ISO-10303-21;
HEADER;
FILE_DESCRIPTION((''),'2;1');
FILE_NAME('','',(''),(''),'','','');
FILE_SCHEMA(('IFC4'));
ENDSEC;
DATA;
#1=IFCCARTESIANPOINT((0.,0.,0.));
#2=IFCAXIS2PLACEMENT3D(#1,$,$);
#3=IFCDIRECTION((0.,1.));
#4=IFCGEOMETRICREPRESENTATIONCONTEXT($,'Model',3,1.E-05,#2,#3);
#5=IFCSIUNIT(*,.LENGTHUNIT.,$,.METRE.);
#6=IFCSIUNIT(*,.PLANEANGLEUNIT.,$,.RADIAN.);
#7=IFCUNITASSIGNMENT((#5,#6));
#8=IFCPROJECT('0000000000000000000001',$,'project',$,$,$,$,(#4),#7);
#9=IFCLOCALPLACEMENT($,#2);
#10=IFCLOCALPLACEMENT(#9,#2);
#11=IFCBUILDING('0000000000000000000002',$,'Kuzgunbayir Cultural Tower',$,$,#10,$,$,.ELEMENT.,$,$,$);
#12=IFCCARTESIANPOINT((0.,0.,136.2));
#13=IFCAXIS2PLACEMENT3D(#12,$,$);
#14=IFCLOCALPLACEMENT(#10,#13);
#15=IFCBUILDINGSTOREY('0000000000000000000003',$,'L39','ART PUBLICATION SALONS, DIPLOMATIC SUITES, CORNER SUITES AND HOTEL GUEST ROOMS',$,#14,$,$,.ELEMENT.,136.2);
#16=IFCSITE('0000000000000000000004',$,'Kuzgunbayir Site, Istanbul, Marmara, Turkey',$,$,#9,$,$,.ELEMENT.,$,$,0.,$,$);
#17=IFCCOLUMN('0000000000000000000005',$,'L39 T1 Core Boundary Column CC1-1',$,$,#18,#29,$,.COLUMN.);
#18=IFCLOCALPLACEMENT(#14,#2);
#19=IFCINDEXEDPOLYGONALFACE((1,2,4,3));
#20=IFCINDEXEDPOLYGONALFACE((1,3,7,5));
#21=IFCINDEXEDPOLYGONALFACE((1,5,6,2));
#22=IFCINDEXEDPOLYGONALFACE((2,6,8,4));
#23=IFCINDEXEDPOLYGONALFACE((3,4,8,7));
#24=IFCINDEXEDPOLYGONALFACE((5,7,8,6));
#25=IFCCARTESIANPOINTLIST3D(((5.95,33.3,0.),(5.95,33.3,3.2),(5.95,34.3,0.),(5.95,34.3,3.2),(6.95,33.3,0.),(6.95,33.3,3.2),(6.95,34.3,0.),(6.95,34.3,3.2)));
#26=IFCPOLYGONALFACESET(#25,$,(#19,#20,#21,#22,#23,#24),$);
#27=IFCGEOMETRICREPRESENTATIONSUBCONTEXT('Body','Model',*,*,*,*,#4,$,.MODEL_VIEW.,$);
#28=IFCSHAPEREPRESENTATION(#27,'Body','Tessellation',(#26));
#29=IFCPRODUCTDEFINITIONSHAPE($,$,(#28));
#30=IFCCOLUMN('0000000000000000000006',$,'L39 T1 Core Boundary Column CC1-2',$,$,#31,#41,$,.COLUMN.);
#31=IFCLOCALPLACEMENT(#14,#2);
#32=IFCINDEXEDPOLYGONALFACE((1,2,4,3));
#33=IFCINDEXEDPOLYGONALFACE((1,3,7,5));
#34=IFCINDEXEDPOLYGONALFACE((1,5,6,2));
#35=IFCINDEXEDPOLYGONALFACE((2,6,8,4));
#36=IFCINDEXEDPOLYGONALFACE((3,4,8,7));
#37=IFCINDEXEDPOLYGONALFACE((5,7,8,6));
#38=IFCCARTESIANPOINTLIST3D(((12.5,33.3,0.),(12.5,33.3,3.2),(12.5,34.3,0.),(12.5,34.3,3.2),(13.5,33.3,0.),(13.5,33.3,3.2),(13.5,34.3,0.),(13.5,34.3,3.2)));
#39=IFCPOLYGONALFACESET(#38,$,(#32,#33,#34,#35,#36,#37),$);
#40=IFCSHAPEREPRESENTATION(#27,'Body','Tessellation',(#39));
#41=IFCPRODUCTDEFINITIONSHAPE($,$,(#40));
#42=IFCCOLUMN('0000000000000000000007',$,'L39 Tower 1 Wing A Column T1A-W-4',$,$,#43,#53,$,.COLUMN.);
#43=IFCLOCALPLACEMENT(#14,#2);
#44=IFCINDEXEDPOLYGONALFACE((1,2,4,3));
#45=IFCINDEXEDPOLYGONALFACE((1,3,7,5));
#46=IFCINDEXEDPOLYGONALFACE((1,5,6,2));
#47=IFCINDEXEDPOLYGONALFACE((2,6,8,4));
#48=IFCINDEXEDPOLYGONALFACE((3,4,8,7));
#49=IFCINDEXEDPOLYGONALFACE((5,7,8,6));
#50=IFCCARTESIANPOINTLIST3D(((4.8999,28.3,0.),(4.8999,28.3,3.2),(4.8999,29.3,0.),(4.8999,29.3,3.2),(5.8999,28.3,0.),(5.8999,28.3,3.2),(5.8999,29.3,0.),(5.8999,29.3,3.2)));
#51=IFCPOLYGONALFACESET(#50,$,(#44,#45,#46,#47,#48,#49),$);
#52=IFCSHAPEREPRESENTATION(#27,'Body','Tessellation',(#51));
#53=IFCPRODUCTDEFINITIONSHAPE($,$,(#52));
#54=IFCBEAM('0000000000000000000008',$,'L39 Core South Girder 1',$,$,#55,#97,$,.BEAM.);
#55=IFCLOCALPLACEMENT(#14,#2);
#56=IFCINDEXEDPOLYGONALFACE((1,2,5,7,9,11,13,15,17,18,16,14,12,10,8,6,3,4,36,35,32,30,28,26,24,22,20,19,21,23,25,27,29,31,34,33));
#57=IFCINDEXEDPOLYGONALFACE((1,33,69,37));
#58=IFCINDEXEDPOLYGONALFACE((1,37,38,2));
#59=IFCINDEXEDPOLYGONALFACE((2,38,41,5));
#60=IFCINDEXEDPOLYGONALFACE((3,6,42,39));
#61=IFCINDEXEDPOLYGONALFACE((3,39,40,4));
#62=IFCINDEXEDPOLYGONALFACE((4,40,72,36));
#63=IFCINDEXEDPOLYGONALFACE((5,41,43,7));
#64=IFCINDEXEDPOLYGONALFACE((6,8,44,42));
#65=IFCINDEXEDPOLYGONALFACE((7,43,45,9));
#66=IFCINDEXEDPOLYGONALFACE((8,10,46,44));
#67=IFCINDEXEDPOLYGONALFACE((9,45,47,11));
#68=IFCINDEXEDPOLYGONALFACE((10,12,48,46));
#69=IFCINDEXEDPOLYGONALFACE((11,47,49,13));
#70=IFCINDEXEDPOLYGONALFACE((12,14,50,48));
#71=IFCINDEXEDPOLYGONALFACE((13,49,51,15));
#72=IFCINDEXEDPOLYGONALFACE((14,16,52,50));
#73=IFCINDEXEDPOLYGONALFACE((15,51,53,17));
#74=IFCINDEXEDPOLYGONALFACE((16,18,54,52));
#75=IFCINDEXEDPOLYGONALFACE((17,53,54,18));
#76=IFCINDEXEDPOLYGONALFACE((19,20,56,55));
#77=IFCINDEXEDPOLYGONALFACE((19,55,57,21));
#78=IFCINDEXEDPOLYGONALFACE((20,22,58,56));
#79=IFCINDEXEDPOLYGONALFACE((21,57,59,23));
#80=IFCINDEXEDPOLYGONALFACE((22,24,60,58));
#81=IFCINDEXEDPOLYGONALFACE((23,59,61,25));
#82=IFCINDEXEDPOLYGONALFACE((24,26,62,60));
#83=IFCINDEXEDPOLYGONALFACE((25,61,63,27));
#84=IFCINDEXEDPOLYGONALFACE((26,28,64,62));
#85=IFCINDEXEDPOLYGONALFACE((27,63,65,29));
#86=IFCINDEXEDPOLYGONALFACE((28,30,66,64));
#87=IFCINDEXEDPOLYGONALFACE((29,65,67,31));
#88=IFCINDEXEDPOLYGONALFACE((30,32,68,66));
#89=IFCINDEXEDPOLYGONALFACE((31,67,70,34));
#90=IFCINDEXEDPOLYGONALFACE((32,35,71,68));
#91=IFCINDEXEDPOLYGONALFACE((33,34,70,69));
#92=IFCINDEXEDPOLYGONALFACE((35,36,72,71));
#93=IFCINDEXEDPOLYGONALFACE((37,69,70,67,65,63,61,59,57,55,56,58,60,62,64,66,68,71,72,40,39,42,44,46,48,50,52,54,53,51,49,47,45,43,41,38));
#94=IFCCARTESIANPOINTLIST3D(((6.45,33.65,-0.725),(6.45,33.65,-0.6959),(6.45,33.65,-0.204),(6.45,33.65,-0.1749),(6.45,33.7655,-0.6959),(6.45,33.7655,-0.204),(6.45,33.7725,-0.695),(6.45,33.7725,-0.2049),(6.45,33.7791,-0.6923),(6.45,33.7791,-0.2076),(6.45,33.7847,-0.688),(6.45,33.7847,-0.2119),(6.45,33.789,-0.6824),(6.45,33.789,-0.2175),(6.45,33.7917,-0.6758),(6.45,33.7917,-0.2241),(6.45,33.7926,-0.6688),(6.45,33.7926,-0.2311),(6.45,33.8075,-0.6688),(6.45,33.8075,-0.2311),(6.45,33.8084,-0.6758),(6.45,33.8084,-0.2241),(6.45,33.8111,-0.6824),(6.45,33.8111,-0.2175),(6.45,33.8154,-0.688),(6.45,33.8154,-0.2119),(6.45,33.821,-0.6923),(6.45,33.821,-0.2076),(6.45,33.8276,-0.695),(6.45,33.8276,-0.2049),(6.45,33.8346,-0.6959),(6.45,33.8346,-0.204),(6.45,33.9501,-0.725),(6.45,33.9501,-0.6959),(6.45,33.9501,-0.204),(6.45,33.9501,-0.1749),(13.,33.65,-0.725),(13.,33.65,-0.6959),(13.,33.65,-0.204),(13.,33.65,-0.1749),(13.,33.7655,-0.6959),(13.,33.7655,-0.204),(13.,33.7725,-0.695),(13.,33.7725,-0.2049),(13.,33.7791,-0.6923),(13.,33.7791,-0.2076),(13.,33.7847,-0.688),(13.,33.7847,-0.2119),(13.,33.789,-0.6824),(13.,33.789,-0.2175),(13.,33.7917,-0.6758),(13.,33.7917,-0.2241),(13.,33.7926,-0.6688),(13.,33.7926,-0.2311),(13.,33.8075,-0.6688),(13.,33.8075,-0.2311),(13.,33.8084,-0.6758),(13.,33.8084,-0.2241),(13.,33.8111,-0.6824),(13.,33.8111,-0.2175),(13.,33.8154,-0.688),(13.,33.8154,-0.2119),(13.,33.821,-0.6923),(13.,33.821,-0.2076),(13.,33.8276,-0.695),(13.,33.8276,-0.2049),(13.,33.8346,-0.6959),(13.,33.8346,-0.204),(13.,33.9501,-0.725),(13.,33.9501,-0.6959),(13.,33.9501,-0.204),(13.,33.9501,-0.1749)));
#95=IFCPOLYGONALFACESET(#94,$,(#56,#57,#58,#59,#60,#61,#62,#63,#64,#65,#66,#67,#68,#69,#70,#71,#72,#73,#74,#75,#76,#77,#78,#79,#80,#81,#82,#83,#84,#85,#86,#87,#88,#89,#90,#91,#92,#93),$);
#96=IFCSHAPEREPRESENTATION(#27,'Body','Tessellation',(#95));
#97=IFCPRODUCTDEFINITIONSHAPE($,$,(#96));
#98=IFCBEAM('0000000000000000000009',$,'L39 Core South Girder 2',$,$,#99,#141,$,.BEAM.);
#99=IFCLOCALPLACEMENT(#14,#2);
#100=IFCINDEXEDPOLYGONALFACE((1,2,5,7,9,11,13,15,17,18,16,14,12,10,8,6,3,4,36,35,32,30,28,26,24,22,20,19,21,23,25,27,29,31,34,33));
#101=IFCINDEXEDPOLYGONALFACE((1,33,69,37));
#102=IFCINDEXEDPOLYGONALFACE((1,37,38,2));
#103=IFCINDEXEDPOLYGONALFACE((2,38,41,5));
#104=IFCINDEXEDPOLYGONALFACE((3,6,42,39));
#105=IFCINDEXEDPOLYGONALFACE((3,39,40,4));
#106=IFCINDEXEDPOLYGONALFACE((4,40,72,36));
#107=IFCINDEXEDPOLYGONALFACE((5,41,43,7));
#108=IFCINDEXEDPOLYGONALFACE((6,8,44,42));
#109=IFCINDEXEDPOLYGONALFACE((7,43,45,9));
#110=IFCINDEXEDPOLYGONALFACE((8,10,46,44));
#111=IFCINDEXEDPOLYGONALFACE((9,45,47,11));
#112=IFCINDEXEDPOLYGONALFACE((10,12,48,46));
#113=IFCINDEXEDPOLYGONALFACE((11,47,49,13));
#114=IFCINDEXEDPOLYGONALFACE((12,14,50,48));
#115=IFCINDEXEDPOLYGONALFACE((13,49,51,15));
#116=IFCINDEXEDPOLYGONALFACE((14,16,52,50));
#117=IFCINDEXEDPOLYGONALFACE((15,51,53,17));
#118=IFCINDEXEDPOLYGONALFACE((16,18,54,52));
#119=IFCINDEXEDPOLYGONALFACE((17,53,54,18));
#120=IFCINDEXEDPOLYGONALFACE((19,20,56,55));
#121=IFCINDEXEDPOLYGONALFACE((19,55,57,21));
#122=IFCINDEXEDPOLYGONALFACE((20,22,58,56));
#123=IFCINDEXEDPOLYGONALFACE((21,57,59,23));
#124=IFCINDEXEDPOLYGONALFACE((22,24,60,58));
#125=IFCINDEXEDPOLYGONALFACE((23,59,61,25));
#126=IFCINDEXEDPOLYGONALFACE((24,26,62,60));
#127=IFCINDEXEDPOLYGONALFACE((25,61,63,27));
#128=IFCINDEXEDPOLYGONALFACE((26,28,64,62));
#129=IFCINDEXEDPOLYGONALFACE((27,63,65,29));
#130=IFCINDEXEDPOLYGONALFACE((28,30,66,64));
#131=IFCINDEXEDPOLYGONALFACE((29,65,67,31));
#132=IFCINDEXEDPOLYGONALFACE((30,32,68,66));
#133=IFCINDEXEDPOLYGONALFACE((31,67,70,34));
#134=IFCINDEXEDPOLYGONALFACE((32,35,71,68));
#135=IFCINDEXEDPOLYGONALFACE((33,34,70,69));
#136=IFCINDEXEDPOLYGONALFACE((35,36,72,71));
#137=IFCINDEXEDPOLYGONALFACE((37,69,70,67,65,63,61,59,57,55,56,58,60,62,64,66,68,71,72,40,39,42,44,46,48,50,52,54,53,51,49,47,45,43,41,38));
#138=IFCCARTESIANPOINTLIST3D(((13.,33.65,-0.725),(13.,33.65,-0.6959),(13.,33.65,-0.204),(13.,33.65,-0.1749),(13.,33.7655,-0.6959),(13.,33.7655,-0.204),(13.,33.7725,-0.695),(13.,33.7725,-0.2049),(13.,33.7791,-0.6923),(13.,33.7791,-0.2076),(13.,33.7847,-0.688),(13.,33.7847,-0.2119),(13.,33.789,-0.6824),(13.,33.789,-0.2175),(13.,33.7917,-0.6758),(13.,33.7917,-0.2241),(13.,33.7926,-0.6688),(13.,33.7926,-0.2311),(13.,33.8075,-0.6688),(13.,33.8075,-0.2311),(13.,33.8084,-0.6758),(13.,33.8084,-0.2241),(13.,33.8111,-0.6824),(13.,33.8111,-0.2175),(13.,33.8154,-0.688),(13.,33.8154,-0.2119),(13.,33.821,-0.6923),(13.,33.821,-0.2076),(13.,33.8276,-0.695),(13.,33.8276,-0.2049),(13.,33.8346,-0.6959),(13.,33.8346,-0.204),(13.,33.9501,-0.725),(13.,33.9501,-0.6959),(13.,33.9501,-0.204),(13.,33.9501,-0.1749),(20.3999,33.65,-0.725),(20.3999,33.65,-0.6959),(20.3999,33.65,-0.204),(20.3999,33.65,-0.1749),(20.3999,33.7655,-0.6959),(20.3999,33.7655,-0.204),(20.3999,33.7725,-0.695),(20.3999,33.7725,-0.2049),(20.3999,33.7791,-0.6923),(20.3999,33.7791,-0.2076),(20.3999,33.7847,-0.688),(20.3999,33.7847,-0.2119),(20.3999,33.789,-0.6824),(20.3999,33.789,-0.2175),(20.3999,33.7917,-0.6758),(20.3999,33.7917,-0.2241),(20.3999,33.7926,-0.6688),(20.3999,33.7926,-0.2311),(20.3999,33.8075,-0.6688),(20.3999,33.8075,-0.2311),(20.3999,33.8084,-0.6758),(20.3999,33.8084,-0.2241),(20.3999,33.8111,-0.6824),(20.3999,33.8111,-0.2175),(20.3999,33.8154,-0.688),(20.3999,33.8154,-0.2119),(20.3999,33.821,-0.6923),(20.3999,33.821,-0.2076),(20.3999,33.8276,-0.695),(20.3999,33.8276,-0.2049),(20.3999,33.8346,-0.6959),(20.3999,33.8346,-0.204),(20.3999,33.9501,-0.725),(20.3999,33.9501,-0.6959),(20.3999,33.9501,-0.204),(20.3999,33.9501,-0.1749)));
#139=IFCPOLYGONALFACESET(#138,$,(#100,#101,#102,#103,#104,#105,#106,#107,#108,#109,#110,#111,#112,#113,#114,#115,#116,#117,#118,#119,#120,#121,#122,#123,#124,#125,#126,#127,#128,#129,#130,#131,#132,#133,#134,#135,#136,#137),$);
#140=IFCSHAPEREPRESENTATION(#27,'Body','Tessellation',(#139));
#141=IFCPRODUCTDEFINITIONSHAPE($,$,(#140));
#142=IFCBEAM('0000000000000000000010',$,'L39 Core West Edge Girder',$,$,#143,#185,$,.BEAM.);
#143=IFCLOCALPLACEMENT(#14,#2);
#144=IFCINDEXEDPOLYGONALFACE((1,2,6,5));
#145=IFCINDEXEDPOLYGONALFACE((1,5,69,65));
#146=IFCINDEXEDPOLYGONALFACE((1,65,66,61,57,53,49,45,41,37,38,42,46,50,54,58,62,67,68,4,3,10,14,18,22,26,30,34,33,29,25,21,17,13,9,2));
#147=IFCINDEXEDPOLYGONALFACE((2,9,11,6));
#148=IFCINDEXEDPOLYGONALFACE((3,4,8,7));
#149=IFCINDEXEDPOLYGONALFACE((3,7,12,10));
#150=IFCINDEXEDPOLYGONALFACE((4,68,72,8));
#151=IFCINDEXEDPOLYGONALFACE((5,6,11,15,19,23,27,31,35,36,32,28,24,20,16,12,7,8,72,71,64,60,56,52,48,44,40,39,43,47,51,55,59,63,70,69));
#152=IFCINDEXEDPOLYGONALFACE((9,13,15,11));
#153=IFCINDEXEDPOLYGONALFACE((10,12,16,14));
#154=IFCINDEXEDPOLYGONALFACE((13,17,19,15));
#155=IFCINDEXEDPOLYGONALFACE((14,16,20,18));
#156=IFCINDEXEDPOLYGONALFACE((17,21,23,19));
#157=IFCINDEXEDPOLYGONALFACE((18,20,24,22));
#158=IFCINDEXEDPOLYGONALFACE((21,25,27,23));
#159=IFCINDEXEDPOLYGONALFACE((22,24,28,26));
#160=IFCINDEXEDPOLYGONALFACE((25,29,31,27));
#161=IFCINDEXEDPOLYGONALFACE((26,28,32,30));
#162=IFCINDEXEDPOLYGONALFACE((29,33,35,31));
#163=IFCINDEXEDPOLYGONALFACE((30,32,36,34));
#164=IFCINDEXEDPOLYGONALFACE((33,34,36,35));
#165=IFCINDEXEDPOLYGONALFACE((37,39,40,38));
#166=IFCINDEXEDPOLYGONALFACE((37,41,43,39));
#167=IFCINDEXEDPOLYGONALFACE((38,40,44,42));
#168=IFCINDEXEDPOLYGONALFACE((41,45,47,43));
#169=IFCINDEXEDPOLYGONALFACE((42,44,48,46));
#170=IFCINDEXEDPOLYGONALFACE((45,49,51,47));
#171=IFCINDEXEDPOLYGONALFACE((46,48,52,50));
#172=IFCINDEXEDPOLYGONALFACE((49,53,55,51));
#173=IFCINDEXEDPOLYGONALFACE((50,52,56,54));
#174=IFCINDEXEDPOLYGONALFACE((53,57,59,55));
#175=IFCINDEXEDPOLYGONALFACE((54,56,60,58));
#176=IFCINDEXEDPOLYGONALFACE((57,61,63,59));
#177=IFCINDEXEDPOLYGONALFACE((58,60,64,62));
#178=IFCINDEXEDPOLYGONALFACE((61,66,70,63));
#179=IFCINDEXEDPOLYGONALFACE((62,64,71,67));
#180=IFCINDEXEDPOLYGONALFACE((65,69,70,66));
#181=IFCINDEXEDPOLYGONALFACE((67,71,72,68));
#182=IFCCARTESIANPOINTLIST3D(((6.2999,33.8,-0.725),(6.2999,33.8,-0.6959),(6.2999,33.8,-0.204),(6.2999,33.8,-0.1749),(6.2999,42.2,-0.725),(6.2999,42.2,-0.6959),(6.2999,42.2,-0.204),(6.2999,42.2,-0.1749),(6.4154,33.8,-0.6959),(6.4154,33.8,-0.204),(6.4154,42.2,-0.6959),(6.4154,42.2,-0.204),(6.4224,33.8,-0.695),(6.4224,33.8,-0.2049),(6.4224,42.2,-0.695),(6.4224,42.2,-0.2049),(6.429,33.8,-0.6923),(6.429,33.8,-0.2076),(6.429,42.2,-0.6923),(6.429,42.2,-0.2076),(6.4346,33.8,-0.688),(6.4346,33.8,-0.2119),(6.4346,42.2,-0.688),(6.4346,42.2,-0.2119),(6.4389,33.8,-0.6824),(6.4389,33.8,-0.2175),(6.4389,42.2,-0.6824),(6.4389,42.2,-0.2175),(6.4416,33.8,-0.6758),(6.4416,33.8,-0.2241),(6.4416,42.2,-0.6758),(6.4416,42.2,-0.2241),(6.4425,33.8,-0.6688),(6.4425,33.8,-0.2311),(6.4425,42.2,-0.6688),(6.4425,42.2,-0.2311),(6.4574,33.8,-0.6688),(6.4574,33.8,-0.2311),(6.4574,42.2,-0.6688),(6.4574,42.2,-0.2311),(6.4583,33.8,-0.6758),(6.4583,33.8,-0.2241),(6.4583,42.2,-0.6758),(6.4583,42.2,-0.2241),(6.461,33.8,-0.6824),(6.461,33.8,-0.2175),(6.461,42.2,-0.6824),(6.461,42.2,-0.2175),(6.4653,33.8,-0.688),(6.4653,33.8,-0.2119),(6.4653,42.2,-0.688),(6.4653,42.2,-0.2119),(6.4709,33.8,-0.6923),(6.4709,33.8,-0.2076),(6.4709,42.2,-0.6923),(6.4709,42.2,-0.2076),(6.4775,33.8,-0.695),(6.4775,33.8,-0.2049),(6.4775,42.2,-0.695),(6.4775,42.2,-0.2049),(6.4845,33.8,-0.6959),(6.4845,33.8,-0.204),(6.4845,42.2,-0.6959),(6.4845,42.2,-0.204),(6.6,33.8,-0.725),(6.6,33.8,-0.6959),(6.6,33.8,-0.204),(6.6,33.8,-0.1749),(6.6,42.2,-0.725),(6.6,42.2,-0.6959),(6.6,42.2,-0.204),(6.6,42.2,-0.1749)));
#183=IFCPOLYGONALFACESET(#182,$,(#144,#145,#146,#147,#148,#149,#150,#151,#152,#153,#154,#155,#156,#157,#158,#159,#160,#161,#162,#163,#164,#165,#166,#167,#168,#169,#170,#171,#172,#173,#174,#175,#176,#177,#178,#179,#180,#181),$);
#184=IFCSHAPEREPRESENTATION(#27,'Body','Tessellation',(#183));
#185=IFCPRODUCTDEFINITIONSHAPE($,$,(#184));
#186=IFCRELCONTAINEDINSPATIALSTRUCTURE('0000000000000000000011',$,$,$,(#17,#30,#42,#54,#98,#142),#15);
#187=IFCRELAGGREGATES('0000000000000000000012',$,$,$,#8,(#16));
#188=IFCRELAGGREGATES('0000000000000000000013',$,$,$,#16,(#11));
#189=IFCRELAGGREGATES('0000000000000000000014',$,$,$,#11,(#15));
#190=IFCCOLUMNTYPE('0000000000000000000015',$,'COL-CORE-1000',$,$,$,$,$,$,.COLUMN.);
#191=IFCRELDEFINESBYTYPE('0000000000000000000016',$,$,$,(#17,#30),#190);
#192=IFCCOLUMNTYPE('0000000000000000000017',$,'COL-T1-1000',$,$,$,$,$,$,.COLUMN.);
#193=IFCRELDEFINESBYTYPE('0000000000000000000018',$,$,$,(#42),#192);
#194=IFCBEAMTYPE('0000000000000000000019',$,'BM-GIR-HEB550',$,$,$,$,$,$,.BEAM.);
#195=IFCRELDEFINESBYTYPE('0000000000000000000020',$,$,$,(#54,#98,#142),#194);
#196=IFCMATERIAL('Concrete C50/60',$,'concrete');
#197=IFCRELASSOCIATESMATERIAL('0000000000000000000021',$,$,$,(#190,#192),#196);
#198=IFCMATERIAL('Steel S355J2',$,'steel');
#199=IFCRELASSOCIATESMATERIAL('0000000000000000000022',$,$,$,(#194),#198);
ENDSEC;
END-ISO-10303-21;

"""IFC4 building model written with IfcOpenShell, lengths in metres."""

from ifc_helpers import new_model, si_unit, direction, frame, origin, origin_2d, place, context, subcontext, project, spatial, rectangle, i_section, extrude, material, material_profile, profile_set, type_object, element, save


model = new_model("IFC4")

# Units and contexts
model_context = context("Model", 3, precision=1e-05, world=origin(), true_north=direction((0.0, 1.0)))
body_context = subcontext(model_context, "Body", "Model", "MODEL_VIEW")
ifc_project = project(units=[si_unit("LENGTHUNIT", "METRE"), si_unit("PLANEANGLEUNIT", "RADIAN")], contexts=[model_context])

# Site, building, storey
site_placement = place(None, origin())
site = spatial("IfcSite", under=ifc_project, at=site_placement, Name="Kuzgunbayir Site, Istanbul, Marmara, Turkey", CompositionType="ELEMENT", RefElevation=0.0)
building_placement = place(site_placement, origin())
building = spatial("IfcBuilding", under=site, at=building_placement, Name="Kuzgunbayir Cultural Tower", CompositionType="ELEMENT")
storey_placement = place(building_placement, frame((0.0, 0.0, 136.2)))
storey = spatial("IfcBuildingStorey", under=building, at=storey_placement, Name="L39", Description="ART PUBLICATION SALONS, DIPLOMATIC SUITES, CORNER SUITES AND HOTEL GUEST ROOMS", CompositionType="ELEMENT", Elevation=136.2)

# Columns
ifc_material_1 = material(Name="Concrete C50/60", Category="concrete")
ifc_material_profile_1 = material_profile(ifc_material_1, rectangle(XDim=1.0, YDim=1.0, at=origin_2d()), Name="RC 1000x1000")
ifc_profile_set_1 = profile_set([ifc_material_profile_1], Name="Concrete C50/60")
column_type_1 = type_object("IfcColumnType", Name="COL-CORE-1000", PredefinedType="COLUMN", material=ifc_profile_set_1)
for number, where, z_axis, x_axis, name in (
    (1, (6.45, 33.8, 0.0), (0.0, 0.0, 1.0), (1.0, 0.0, 0.0), "L39 T1 Core Boundary Column CC1-1"),
    (2, (13.0, 33.8, 0.0), (0.0, 0.0, 1.0), (1.0, 0.0, 0.0), "L39 T1 Core Boundary Column CC1-2"),
):
    element("IfcColumn", number, at=place(storey_placement, frame(where, z_axis=z_axis, x_axis=x_axis)), inside=storey, type_object=column_type_1, Name=name, PredefinedType="COLUMN", context=body_context, shape_type="SweptSolid", body=[
        extrude(rectangle(XDim=1.0, YDim=1.0, at=origin_2d()), origin(), (0.0, 0.0, 1.0), 3.2),
    ])
ifc_material_profile_2 = material_profile(ifc_material_1, rectangle(XDim=1.0, YDim=1.0, at=origin_2d()), Name="RC 1000x1000")
ifc_profile_set_2 = profile_set([ifc_material_profile_2], Name="Concrete C50/60")
column_type_2 = type_object("IfcColumnType", Name="COL-T1-1000", PredefinedType="COLUMN", material=ifc_profile_set_2)
column_placement = place(storey_placement, frame((5.3999, 28.8, 0.0), z_axis=(0.0, 0.0, 1.0), x_axis=(1.0, 0.0, 0.0)))
element("IfcColumn", 3, at=column_placement, inside=storey, type_object=column_type_2, Name="L39 Tower 1 Wing A Column T1A-W-4", PredefinedType="COLUMN", context=body_context, shape_type="SweptSolid", body=[
    extrude(rectangle(XDim=1.0, YDim=1.0, at=origin_2d()), origin(), (0.0, 0.0, 1.0), 3.2),
])

# Beams
ifc_material_2 = material(Name="Steel S355J2", Category="steel")
ifc_material_profile_3 = material_profile(ifc_material_2, i_section(OverallWidth=0.3, OverallDepth=0.55, WebThickness=0.0149, FlangeThickness=0.0291, FilletRadius=0.0271, at=origin_2d()), Name="HEB 550")
ifc_profile_set_3 = profile_set([ifc_material_profile_3], Name="Steel S355J2")
beam_type = type_object("IfcBeamType", Name="BM-GIR-HEB550", PredefinedType="BEAM", material=ifc_profile_set_3)
beam_1_placement = place(storey_placement, frame((6.45, 33.8, -0.45), z_axis=(1.0, 0.0, 0.0), x_axis=(0.0, 1.0, 0.0)))
element("IfcBeam", 4, at=beam_1_placement, inside=storey, type_object=beam_type, Name="L39 Core South Girder 1", PredefinedType="BEAM", context=body_context, shape_type="SweptSolid", body=[
    extrude(i_section(OverallWidth=0.3, OverallDepth=0.55, WebThickness=0.0149, FlangeThickness=0.0291, FilletRadius=0.0271, at=origin_2d()), origin(), (0.0, 0.0, 1.0), 6.55),
])
beam_2_placement = place(storey_placement, frame((13.0, 33.8, -0.45), z_axis=(1.0, 0.0, 0.0), x_axis=(0.0, 1.0, 0.0)))
element("IfcBeam", 5, at=beam_2_placement, inside=storey, type_object=beam_type, Name="L39 Core South Girder 2", PredefinedType="BEAM", context=body_context, shape_type="SweptSolid", body=[
    extrude(i_section(OverallWidth=0.3, OverallDepth=0.55, WebThickness=0.0149, FlangeThickness=0.0291, FilletRadius=0.0271, at=origin_2d()), origin(), (0.0, 0.0, 1.0), 7.3999),
])
beam_3_placement = place(storey_placement, frame((6.45, 33.8, -0.45), z_axis=(0.0, 1.0, 0.0), x_axis=(-1.0, 0.0, 0.0)))
element("IfcBeam", 6, at=beam_3_placement, inside=storey, type_object=beam_type, Name="L39 Core West Edge Girder", PredefinedType="BEAM", context=body_context, shape_type="SweptSolid", body=[
    extrude(i_section(OverallWidth=0.3, OverallDepth=0.55, WebThickness=0.0149, FlangeThickness=0.0291, FilletRadius=0.0271, at=origin_2d()), origin(), (0.0, 0.0, 1.0), 8.3999),
])

save(model, "model.ifc")
